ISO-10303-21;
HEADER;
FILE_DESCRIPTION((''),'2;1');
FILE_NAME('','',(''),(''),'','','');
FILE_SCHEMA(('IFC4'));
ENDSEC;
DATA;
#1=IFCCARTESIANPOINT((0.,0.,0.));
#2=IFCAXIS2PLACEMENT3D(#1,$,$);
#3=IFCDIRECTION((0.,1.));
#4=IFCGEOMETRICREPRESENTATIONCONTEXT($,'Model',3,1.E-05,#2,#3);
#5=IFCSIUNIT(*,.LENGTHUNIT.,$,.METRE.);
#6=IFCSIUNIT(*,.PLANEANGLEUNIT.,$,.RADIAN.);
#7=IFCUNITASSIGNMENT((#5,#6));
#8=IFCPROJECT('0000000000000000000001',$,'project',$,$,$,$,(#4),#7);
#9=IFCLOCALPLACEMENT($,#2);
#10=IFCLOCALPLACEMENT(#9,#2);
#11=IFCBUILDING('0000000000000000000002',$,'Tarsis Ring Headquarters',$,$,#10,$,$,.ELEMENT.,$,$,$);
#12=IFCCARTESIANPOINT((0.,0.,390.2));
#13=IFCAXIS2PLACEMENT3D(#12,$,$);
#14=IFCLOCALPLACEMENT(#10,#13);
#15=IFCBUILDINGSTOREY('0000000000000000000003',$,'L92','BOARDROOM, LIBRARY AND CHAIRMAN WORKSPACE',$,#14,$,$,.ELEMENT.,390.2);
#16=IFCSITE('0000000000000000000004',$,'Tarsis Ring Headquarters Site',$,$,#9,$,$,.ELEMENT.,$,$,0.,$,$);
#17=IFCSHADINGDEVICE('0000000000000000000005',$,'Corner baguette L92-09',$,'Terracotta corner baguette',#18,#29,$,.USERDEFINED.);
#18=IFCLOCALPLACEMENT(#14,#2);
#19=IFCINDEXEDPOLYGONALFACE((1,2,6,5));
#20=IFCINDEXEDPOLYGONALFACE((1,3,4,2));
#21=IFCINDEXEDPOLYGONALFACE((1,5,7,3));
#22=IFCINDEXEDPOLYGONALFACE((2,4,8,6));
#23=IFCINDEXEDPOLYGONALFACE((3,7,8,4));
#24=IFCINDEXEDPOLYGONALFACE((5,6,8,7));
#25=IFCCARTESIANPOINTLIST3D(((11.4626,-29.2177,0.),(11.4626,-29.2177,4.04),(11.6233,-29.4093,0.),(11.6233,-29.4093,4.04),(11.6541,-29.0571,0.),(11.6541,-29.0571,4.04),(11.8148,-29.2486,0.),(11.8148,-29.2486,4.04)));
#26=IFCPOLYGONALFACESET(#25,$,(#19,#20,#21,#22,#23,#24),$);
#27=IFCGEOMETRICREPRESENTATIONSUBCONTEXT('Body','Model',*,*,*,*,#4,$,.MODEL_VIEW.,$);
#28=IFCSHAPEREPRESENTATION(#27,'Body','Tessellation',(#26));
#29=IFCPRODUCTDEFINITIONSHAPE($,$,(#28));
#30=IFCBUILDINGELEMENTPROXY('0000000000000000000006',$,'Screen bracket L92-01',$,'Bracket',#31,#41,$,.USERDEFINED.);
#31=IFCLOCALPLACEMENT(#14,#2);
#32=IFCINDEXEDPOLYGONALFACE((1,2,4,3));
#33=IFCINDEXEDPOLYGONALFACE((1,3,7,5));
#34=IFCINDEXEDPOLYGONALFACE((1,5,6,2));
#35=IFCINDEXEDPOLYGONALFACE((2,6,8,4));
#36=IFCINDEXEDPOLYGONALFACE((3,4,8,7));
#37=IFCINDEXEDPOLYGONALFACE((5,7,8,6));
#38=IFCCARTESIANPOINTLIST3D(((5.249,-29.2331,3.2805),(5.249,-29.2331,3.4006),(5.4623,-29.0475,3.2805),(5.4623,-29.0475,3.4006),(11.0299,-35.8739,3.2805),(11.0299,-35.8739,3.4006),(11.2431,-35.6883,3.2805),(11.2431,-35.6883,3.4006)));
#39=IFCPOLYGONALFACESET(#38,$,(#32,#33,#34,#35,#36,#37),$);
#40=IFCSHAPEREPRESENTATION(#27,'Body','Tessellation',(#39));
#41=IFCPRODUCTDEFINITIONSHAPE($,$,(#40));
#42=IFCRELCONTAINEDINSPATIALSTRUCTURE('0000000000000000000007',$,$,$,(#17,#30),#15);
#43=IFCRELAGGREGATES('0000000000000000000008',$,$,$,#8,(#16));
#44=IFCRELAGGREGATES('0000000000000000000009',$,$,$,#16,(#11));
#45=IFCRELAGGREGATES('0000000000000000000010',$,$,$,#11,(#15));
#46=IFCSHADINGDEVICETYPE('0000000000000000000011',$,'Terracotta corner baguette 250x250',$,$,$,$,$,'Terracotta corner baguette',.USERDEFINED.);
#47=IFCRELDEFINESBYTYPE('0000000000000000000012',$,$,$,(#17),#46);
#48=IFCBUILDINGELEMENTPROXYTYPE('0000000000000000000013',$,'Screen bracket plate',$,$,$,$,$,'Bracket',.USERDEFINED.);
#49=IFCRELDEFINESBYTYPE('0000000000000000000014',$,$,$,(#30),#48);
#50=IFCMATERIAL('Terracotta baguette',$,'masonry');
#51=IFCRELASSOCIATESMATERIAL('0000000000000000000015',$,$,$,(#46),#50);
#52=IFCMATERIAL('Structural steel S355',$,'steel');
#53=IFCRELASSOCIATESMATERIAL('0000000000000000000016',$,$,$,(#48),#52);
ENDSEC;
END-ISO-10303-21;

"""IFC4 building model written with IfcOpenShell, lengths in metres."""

from ifc_helpers import new_model, si_unit, direction, frame, origin, origin_2d, place, context, subcontext, project, spatial, rectangle, extrude, material, type_object, element, save


model = new_model("IFC4")

# Units and contexts
model_context = context("Model", 3, precision=1e-05, world=origin(), true_north=direction((0.0, 1.0)))
body_context = subcontext(model_context, "Body", "Model", "MODEL_VIEW")
ifc_project = project(units=[si_unit("LENGTHUNIT", "METRE"), si_unit("PLANEANGLEUNIT", "RADIAN")], contexts=[model_context])

# Site, building, storey
site_placement = place(None, origin())
site = spatial("IfcSite", under=ifc_project, at=site_placement, Name="Tarsis Ring Headquarters Site", CompositionType="ELEMENT", RefElevation=0.0)
building_placement = place(site_placement, origin())
building = spatial("IfcBuilding", under=site, at=building_placement, Name="Tarsis Ring Headquarters", CompositionType="ELEMENT")
storey_placement = place(building_placement, frame((0.0, 0.0, 390.2)))
storey = spatial("IfcBuildingStorey", under=building, at=storey_placement, Name="L92", Description="BOARDROOM, LIBRARY AND CHAIRMAN WORKSPACE", CompositionType="ELEMENT", Elevation=390.2)

# Shared definitions
ifc_material_1 = material(Name="Structural steel S355", Category="steel")

# Shading device
ifc_material_2 = material(Name="Terracotta baguette", Category="masonry")
shading_device_type_1 = type_object("IfcShadingDeviceType", Name="Terracotta corner baguette 250x250", ElementType="Terracotta corner baguette", PredefinedType="USERDEFINED", material=ifc_material_2)
for number, where, z_axis, x_axis, name in (
    (1, (11.6387, -29.2332, 0.0), (0.0, 0.0, 1.0), (0.642788, -0.766044, 0.0), "Corner baguette L92-09"),
):
    element("IfcShadingDevice", number, at=place(storey_placement, frame(where, z_axis=z_axis, x_axis=x_axis)), inside=storey, type_object=shading_device_type_1, Name=name, ObjectType="Terracotta corner baguette", PredefinedType="USERDEFINED", context=body_context, shape_type="SweptSolid", body=[
        extrude(rectangle(XDim=0.25, YDim=0.25, at=origin_2d()), origin(), (0.0, 0.0, 1.0), 4.04),
    ])

# Building element proxy
building_element_proxy_type = type_object("IfcBuildingElementProxyType", Name="Screen bracket plate", ElementType="Bracket", PredefinedType="USERDEFINED", material=ifc_material_1)
proxy_placement = place(storey_placement, frame((8.2461, -32.4607, 3.2805), z_axis=(0.0, 0.0, 1.0), x_axis=(0.656586, -0.754251, 0.0)))
element("IfcBuildingElementProxy", 2, at=proxy_placement, inside=storey, type_object=building_element_proxy_type, Name="Screen bracket L92-01", ObjectType="Bracket", PredefinedType="USERDEFINED", context=body_context, shape_type="SweptSolid", body=[
    extrude(rectangle(XDim=8.8044, YDim=0.2827, at=origin_2d()), origin(), (0.0, 0.0, 1.0), 0.1201),
])

save(model, "model.ifc")
